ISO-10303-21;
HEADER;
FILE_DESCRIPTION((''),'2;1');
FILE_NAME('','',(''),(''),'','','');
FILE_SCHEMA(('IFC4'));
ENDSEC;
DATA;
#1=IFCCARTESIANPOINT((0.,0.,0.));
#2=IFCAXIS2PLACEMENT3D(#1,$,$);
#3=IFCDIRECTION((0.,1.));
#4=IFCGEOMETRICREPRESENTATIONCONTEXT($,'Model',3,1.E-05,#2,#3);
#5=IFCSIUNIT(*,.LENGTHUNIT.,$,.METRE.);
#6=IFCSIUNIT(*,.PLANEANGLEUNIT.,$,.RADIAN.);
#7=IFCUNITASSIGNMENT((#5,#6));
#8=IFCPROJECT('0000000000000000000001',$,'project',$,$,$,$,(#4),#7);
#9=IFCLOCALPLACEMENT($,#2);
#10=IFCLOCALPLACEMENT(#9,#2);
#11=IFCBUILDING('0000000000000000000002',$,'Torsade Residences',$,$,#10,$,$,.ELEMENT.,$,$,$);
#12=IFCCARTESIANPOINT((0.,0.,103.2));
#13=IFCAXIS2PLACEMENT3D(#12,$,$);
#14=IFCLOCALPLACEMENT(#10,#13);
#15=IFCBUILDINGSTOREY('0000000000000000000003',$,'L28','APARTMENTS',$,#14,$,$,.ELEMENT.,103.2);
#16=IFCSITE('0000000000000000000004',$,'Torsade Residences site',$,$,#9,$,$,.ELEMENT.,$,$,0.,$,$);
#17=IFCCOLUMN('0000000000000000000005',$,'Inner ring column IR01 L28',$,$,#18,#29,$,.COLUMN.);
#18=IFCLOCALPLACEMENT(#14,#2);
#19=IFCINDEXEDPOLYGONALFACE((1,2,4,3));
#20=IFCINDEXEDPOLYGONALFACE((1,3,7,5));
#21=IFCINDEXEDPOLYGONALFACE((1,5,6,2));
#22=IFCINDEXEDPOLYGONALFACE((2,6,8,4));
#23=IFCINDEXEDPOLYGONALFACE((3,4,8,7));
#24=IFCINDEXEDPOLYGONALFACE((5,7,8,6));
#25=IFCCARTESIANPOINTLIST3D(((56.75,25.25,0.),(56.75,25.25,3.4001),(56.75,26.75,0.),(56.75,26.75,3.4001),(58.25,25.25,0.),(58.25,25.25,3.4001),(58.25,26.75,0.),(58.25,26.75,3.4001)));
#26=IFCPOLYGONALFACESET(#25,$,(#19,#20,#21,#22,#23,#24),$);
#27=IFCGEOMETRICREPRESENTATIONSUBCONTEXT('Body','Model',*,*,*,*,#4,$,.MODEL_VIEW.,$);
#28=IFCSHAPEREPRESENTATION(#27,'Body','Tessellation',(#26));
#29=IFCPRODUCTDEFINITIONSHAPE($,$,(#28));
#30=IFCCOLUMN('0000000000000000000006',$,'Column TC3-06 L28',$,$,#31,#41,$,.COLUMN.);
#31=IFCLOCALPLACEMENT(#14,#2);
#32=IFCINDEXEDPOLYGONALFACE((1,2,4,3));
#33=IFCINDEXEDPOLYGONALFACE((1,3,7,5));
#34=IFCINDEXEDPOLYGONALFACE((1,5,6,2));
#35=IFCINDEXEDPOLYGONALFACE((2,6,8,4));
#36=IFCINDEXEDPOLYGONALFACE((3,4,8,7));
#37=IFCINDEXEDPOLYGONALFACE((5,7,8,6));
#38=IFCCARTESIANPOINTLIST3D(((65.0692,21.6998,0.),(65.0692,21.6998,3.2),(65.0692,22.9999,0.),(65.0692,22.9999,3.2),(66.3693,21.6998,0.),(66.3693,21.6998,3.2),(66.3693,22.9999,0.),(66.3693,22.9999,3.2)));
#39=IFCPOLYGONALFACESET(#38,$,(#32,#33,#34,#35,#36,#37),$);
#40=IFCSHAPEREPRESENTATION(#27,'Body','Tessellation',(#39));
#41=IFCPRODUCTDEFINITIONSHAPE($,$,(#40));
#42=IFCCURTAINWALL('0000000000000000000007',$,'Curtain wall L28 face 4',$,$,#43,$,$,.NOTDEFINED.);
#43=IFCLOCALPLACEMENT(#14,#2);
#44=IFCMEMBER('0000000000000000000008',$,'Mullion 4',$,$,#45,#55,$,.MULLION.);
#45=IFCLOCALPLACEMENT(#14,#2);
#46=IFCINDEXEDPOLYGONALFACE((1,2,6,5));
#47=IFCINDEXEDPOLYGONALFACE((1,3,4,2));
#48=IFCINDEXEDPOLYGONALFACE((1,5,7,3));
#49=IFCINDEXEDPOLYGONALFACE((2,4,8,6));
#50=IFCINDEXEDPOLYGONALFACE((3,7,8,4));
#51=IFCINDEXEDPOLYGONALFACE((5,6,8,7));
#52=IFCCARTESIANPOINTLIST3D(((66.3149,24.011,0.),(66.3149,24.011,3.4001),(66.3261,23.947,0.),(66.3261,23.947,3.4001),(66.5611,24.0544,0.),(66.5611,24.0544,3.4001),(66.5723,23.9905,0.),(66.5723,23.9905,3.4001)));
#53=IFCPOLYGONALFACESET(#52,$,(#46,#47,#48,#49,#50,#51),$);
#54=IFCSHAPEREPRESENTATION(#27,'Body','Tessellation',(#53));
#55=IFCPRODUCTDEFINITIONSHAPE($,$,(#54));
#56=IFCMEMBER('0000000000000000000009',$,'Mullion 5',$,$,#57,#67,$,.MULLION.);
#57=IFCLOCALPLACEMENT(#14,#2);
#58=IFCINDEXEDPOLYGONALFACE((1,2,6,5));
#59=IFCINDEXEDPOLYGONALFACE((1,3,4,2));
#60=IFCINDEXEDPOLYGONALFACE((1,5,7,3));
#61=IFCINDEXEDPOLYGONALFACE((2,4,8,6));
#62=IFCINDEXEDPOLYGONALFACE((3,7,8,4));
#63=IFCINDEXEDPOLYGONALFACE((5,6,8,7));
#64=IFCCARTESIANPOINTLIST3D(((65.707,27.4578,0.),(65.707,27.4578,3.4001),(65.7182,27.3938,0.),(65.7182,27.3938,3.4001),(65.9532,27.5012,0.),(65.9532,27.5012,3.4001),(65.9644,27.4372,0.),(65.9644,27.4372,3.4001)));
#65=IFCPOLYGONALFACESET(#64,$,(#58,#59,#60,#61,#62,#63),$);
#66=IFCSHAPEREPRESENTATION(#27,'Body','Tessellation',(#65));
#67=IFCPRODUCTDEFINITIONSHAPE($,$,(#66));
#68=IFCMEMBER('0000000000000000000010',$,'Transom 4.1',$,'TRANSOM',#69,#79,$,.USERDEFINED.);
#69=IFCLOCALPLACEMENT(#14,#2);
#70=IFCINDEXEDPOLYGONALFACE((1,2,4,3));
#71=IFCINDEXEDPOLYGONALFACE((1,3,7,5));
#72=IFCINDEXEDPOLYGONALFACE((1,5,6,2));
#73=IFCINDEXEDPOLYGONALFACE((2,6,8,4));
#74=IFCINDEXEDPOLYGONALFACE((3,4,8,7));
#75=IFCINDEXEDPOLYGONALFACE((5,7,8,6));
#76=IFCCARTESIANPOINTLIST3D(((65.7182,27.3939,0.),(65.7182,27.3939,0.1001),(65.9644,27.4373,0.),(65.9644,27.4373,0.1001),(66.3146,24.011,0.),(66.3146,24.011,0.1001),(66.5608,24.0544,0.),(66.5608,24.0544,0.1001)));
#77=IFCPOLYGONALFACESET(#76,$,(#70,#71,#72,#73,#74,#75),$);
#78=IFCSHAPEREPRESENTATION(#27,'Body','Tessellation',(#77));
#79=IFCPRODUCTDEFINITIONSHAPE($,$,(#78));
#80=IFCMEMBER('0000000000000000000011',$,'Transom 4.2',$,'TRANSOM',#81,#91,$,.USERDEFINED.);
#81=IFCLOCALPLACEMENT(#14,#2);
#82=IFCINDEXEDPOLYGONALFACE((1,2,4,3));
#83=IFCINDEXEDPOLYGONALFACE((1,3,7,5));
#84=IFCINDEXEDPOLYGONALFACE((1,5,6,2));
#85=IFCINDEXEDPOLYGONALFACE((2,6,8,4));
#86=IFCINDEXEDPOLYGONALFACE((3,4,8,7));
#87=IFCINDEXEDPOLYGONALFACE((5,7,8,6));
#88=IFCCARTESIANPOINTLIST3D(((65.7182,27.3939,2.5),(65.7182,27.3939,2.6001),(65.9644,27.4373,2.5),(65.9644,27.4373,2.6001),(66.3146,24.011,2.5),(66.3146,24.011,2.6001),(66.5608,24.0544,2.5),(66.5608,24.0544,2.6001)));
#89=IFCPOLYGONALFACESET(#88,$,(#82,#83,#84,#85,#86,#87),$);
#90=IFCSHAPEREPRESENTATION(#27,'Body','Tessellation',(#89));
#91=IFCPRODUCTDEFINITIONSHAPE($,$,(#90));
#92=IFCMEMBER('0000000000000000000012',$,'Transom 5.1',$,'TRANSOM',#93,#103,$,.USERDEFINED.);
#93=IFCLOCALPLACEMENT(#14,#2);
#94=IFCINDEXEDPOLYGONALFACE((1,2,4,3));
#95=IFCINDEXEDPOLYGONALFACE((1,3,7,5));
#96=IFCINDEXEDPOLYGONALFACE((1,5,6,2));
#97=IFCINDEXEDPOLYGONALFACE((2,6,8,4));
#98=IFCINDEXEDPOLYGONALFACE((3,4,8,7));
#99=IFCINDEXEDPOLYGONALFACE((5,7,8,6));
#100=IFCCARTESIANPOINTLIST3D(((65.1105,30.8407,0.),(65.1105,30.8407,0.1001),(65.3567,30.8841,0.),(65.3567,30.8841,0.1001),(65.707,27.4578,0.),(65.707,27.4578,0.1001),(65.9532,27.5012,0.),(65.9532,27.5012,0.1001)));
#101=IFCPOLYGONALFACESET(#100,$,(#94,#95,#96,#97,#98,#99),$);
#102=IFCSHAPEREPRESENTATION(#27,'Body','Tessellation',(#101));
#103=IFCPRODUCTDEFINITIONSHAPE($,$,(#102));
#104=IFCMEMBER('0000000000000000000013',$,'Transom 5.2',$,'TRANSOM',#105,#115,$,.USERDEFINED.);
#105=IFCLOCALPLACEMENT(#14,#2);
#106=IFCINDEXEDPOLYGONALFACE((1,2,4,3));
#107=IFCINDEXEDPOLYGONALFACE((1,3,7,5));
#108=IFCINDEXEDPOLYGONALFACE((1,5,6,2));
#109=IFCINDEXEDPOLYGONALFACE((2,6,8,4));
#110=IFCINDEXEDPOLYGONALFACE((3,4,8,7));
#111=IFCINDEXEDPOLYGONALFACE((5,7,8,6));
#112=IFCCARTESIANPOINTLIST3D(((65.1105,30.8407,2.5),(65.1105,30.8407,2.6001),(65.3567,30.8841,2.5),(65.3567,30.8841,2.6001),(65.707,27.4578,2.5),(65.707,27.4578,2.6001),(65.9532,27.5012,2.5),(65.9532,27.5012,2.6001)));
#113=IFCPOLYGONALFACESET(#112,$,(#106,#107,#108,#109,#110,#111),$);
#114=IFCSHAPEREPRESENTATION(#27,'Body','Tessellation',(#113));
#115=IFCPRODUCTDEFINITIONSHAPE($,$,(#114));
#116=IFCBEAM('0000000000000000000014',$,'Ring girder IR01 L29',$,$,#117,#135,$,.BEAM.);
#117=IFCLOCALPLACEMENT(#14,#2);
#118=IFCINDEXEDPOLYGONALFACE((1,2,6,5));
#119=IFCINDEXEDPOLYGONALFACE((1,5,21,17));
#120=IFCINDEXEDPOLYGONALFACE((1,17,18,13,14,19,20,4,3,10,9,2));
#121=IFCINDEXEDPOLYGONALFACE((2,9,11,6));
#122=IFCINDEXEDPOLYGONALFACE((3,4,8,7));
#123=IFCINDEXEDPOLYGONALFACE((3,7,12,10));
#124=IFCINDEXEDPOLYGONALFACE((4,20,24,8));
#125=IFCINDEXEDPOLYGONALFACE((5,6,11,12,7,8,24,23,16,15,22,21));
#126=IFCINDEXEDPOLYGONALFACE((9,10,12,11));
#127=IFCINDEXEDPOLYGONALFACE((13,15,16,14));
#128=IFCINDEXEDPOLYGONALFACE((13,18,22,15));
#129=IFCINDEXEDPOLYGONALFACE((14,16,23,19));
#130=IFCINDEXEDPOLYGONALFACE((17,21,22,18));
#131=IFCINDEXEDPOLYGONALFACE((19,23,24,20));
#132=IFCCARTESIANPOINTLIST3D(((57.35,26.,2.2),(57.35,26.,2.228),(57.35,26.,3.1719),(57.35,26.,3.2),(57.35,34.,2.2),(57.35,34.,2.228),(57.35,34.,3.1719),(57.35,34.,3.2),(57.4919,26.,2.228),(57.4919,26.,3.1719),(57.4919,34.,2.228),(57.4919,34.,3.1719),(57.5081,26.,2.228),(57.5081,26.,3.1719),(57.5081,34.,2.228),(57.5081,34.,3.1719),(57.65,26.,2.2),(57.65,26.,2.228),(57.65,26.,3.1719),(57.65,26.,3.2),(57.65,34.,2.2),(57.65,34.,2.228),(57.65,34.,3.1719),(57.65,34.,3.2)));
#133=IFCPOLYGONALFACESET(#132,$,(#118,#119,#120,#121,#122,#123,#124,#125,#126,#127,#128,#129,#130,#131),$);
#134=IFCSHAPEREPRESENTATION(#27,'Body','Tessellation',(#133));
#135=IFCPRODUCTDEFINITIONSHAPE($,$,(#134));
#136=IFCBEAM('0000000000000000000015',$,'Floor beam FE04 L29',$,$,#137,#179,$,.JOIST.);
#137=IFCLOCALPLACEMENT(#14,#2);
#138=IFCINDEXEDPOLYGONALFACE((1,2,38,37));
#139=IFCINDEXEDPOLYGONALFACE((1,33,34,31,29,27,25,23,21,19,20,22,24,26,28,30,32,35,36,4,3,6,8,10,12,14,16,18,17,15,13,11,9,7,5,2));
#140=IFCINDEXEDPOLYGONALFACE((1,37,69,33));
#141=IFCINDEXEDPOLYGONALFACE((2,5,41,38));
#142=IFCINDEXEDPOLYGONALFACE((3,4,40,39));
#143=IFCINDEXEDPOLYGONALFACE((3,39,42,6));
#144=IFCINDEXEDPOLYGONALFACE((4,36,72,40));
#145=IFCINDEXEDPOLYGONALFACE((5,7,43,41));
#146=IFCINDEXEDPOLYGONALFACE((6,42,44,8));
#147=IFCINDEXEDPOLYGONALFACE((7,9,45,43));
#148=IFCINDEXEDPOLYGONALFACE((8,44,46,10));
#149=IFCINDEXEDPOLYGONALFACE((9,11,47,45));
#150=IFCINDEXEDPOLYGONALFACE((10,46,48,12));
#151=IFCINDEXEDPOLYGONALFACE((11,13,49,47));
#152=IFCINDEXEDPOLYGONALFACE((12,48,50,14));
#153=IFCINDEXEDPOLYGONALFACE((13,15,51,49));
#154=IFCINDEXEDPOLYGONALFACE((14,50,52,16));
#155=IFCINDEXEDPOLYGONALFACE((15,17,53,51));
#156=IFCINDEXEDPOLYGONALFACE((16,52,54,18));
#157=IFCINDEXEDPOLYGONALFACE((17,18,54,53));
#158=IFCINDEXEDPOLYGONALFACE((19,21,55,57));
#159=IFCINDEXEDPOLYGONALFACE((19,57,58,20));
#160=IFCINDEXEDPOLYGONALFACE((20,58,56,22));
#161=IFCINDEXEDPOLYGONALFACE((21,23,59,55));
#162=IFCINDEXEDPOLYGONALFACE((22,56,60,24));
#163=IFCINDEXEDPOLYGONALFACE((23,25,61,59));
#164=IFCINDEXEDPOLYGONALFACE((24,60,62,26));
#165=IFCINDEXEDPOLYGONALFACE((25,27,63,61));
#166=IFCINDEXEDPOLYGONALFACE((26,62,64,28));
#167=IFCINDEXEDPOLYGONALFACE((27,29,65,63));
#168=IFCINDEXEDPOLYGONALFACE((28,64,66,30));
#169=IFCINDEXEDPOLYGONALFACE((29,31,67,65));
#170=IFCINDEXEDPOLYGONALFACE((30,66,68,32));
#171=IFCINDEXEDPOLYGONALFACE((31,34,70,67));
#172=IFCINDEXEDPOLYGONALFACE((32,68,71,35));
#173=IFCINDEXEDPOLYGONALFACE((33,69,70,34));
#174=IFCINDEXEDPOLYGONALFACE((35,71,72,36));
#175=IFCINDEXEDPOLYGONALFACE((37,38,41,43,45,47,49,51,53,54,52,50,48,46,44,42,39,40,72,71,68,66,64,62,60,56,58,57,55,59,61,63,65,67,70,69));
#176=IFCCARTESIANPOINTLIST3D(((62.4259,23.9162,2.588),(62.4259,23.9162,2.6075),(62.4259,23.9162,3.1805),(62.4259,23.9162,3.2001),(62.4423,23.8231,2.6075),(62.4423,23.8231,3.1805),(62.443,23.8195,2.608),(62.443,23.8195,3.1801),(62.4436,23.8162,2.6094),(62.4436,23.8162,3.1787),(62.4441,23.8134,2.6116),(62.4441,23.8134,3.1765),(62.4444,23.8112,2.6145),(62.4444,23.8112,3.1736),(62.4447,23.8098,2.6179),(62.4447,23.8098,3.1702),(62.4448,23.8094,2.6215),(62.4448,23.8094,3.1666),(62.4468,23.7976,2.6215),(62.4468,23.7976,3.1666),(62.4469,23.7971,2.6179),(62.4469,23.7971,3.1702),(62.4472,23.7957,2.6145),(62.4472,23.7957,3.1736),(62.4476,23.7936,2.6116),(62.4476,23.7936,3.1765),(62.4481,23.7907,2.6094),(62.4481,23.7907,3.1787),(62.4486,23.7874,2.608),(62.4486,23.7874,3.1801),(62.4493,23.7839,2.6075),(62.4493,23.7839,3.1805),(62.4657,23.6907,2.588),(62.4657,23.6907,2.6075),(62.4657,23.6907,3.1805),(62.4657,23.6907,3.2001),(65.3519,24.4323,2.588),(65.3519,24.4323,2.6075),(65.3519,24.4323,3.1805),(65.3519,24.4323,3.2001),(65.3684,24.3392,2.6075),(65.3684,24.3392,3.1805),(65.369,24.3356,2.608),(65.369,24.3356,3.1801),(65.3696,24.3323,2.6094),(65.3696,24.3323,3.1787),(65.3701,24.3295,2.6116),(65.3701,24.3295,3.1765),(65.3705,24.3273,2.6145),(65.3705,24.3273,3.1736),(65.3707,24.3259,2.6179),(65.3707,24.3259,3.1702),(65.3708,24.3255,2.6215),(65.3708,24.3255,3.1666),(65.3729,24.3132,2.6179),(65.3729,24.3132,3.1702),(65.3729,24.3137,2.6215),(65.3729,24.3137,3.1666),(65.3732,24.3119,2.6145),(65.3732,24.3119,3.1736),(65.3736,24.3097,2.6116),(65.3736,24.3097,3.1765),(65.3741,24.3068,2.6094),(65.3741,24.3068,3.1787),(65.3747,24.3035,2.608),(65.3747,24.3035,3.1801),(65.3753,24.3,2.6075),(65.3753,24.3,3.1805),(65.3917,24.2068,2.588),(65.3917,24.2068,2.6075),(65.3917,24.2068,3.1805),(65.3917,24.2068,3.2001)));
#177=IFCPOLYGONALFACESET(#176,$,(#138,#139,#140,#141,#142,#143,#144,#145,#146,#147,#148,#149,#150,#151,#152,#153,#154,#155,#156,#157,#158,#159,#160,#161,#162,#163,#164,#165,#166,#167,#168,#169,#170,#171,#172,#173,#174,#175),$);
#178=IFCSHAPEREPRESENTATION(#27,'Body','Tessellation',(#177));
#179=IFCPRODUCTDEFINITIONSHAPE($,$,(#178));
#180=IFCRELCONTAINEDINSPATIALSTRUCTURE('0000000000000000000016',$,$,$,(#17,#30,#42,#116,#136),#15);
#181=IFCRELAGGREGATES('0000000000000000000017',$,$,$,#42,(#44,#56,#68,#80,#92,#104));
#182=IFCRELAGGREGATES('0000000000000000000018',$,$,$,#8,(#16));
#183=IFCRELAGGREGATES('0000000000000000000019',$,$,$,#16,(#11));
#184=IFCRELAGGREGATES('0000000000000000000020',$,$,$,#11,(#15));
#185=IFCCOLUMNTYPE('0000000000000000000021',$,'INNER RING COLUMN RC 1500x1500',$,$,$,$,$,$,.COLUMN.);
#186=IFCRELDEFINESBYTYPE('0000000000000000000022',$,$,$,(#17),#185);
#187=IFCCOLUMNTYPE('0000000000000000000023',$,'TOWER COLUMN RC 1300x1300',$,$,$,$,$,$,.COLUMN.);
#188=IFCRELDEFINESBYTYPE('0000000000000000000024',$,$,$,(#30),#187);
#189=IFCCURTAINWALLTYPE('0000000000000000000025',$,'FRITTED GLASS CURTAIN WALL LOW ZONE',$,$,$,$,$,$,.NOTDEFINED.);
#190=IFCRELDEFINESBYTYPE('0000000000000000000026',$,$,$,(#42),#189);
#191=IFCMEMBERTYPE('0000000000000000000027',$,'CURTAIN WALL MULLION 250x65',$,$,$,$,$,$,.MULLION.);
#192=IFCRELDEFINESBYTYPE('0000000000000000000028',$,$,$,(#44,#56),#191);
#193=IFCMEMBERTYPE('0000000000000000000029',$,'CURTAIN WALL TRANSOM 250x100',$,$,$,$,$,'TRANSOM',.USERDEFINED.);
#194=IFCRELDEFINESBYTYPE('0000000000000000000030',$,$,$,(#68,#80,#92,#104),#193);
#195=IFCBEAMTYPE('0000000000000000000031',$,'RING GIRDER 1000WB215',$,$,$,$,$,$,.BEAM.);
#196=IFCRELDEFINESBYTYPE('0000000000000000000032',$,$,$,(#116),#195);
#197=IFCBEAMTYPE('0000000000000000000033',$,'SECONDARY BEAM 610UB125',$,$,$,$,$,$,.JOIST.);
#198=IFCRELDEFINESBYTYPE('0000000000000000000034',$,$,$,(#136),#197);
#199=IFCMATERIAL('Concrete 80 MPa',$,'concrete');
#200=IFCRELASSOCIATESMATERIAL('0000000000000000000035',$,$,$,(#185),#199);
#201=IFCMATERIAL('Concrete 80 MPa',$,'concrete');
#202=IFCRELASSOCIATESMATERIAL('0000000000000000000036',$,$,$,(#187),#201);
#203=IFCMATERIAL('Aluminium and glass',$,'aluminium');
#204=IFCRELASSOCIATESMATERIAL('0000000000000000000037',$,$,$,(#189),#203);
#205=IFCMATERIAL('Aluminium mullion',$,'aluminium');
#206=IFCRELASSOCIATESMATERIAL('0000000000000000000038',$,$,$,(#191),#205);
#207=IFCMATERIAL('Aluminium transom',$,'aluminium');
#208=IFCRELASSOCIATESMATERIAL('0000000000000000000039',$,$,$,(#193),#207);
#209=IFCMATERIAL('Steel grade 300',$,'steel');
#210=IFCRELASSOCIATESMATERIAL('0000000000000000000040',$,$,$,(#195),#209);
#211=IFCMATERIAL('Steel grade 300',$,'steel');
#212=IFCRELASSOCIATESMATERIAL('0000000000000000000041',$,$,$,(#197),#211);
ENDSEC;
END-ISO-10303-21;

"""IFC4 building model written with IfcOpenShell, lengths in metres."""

from ifc_helpers import new_model, si_unit, direction, frame, origin, origin_2d, place, context, subcontext, project, spatial, rectangle, i_section, extrude, material, material_profile, profile_set, type_object, element, aggregate, save


model = new_model("IFC4")

# Units and contexts
model_context = context("Model", 3, precision=1e-05, world=origin(), true_north=direction((0.0, 1.0)))
body_context = subcontext(model_context, "Body", "Model", "MODEL_VIEW")
ifc_project = project(units=[si_unit("LENGTHUNIT", "METRE"), si_unit("PLANEANGLEUNIT", "RADIAN")], contexts=[model_context])

# Site, building, storey
site_placement = place(None, origin())
site = spatial("IfcSite", under=ifc_project, at=site_placement, Name="Torsade Residences site", CompositionType="ELEMENT", RefElevation=0.0)
building_placement = place(site_placement, origin())
building = spatial("IfcBuilding", under=site, at=building_placement, Name="Torsade Residences", CompositionType="ELEMENT")
storey_placement = place(building_placement, frame((0.0, 0.0, 103.2)))
storey = spatial("IfcBuildingStorey", under=building, at=storey_placement, Name="L28", Description="APARTMENTS", CompositionType="ELEMENT", Elevation=103.2)

# Columns
ifc_material_1 = material(Name="Concrete 80 MPa", Category="concrete")
ifc_material_profile_1 = material_profile(ifc_material_1, rectangle(XDim=1.5, YDim=1.5, at=origin_2d()), Name="RC 1500x1500")
ifc_profile_set_1 = profile_set([ifc_material_profile_1], Name="Concrete 80 MPa")
column_type_1 = type_object("IfcColumnType", Name="INNER RING COLUMN RC 1500x1500", PredefinedType="COLUMN", material=ifc_profile_set_1)
column_1_placement = place(storey_placement, frame((57.5, 26.0, 0.0), z_axis=(0.0, 0.0, 1.0), x_axis=(1.0, 0.0, 0.0)))
element("IfcColumn", 1, at=column_1_placement, inside=storey, type_object=column_type_1, Name="Inner ring column IR01 L28", PredefinedType="COLUMN", context=body_context, shape_type="SweptSolid", body=[
    extrude(rectangle(XDim=1.5, YDim=1.5, at=origin_2d()), origin(), (0.0, 0.0, 1.0), 3.4001),
])
ifc_material_2 = material(Name="Concrete 80 MPa", Category="concrete")
ifc_material_profile_2 = material_profile(ifc_material_2, rectangle(XDim=1.3, YDim=1.3, at=origin_2d()), Name="RC 1300x1300")
ifc_profile_set_2 = profile_set([ifc_material_profile_2], Name="Concrete 80 MPa")
column_type_2 = type_object("IfcColumnType", Name="TOWER COLUMN RC 1300x1300", PredefinedType="COLUMN", material=ifc_profile_set_2)
column_2_placement = place(storey_placement, frame((65.7192, 22.3499, 0.0), z_axis=(0.0, 0.0, 1.0), x_axis=(1.0, 0.0, 0.0)))
element("IfcColumn", 2, at=column_2_placement, inside=storey, type_object=column_type_2, Name="Column TC3-06 L28", PredefinedType="COLUMN", context=body_context, shape_type="SweptSolid", body=[
    extrude(rectangle(XDim=1.3, YDim=1.3, at=origin_2d()), origin(), (0.0, 0.0, 1.0), 3.2),
])

# Curtain wall, members
ifc_material_3 = material(Name="Aluminium and glass", Category="aluminium")
curtain_wall_type = type_object("IfcCurtainWallType", Name="FRITTED GLASS CURTAIN WALL LOW ZONE", PredefinedType="NOTDEFINED", material=ifc_material_3)
curtain_wall_placement = place(storey_placement, origin())
curtain_wall = element("IfcCurtainWall", 3, at=curtain_wall_placement, inside=storey, type_object=curtain_wall_type, Name="Curtain wall L28 face 4", PredefinedType="NOTDEFINED")
ifc_material_4 = material(Name="Aluminium mullion", Category="aluminium")
ifc_material_profile_3 = material_profile(ifc_material_4, rectangle(XDim=0.25, YDim=0.0649, at=origin_2d()), Name="CURTAIN WALL MULLION 250x65")
ifc_profile_set_3 = profile_set([ifc_material_profile_3], Name="Aluminium mullion")
member_type_1 = type_object("IfcMemberType", Name="CURTAIN WALL MULLION 250x65", PredefinedType="MULLION", material=ifc_profile_set_3)
member_1_placement = place(storey_placement, frame((66.4436, 24.0007, 0.0), z_axis=(0.0, 0.0, 1.0), x_axis=(-0.984808, -0.173648, 0.0)))
member_1 = element("IfcMember", 4, at=member_1_placement, type_object=member_type_1, Name="Mullion 4", PredefinedType="MULLION", context=body_context, shape_type="SweptSolid", body=[
    extrude(rectangle(XDim=0.25, YDim=0.0649, at=origin_2d()), origin(), (0.0, 0.0, 1.0), 3.4001),
])
member_2_placement = place(storey_placement, frame((65.8357, 27.4475, 0.0), z_axis=(0.0, 0.0, 1.0), x_axis=(-0.984808, -0.173648, 0.0)))
member_2 = element("IfcMember", 5, at=member_2_placement, type_object=member_type_1, Name="Mullion 5", PredefinedType="MULLION", context=body_context, shape_type="SweptSolid", body=[
    extrude(rectangle(XDim=0.25, YDim=0.0649, at=origin_2d()), origin(), (0.0, 0.0, 1.0), 3.4001),
])
ifc_material_5 = material(Name="Aluminium transom", Category="aluminium")
ifc_material_profile_4 = material_profile(ifc_material_5, rectangle(XDim=0.25, YDim=0.1001, at=origin_2d()), Name="CURTAIN WALL TRANSOM 250x100")
ifc_profile_set_4 = profile_set([ifc_material_profile_4], Name="Aluminium transom")
member_type_2 = type_object("IfcMemberType", Name="CURTAIN WALL TRANSOM 250x100", ElementType="TRANSOM", PredefinedType="USERDEFINED", material=ifc_profile_set_4)
member_3_placement = place(storey_placement, frame((66.4377, 24.0327, 0.05), z_axis=(-0.173635, 0.98481, 0.0), x_axis=(-0.98481, -0.173635, 0.0)))
member_3 = element("IfcMember", 6, at=member_3_placement, type_object=member_type_2, Name="Transom 4.1", ObjectType="TRANSOM", PredefinedType="USERDEFINED", context=body_context, shape_type="SweptSolid", body=[
    extrude(rectangle(XDim=0.25, YDim=0.1001, at=origin_2d()), origin(), (0.0, 0.0, 1.0), 3.4351),
])
member_4_placement = place(storey_placement, frame((66.4377, 24.0327, 2.55), z_axis=(-0.173635, 0.98481, 0.0), x_axis=(-0.98481, -0.173635, 0.0)))
member_4 = element("IfcMember", 7, at=member_4_placement, type_object=member_type_2, Name="Transom 4.2", ObjectType="TRANSOM", PredefinedType="USERDEFINED", context=body_context, shape_type="SweptSolid", body=[
    extrude(rectangle(XDim=0.25, YDim=0.1001, at=origin_2d()), origin(), (0.0, 0.0, 1.0), 3.4351),
])
member_5_placement = place(storey_placement, frame((65.8301, 27.4795, 0.05), z_axis=(-0.173635, 0.98481, 0.0), x_axis=(-0.98481, -0.173635, 0.0)))
member_5 = element("IfcMember", 8, at=member_5_placement, type_object=member_type_2, Name="Transom 5.1", ObjectType="TRANSOM", PredefinedType="USERDEFINED", context=body_context, shape_type="SweptSolid", body=[
    extrude(rectangle(XDim=0.25, YDim=0.1001, at=origin_2d()), origin(), (0.0, 0.0, 1.0), 3.4351),
])
member_6_placement = place(storey_placement, frame((65.8301, 27.4795, 2.55), z_axis=(-0.173635, 0.98481, 0.0), x_axis=(-0.98481, -0.173635, 0.0)))
member_6 = element("IfcMember", 9, at=member_6_placement, type_object=member_type_2, Name="Transom 5.2", ObjectType="TRANSOM", PredefinedType="USERDEFINED", context=body_context, shape_type="SweptSolid", body=[
    extrude(rectangle(XDim=0.25, YDim=0.1001, at=origin_2d()), origin(), (0.0, 0.0, 1.0), 3.4351),
])

# Beams
ifc_material_6 = material(Name="Steel grade 300", Category="steel")
ifc_material_profile_5 = material_profile(ifc_material_6, i_section(OverallWidth=0.3, OverallDepth=1.0, WebThickness=0.0161, FlangeThickness=0.0281, at=origin_2d()), Name="1000WB215")
ifc_profile_set_5 = profile_set([ifc_material_profile_5], Name="Steel grade 300")
beam_type_1 = type_object("IfcBeamType", Name="RING GIRDER 1000WB215", PredefinedType="BEAM", material=ifc_profile_set_5)
beam_1_placement = place(storey_placement, frame((57.5, 26.0, 2.7), z_axis=(0.0, 1.0, 0.0), x_axis=(-1.0, 0.0, 0.0)))
element("IfcBeam", 10, at=beam_1_placement, inside=storey, type_object=beam_type_1, Name="Ring girder IR01 L29", PredefinedType="BEAM", context=body_context, shape_type="SweptSolid", body=[
    extrude(i_section(OverallWidth=0.3, OverallDepth=1.0, WebThickness=0.0161, FlangeThickness=0.0281, at=origin_2d()), origin(), (0.0, 0.0, 1.0), 8.0),
])
ifc_material_7 = material(Name="Steel grade 300", Category="steel")
ifc_material_profile_6 = material_profile(ifc_material_7, i_section(OverallWidth=0.229, OverallDepth=0.6121, WebThickness=0.012, FlangeThickness=0.0195, FilletRadius=0.0139, at=origin_2d()), Name="610UB125")
ifc_profile_set_6 = profile_set([ifc_material_profile_6], Name="Steel grade 300")
beam_type_2 = type_object("IfcBeamType", Name="SECONDARY BEAM 610UB125", PredefinedType="JOIST", material=ifc_profile_set_6)
beam_2_placement = place(storey_placement, frame((65.3718, 24.3196, 2.894), z_axis=(-0.984798, -0.173706, 0.0), x_axis=(0.173706, -0.984798, 0.0)))
element("IfcBeam", 11, at=beam_2_placement, inside=storey, type_object=beam_type_2, Name="Floor beam FE04 L29", PredefinedType="JOIST", context=body_context, shape_type="SweptSolid", body=[
    extrude(i_section(OverallWidth=0.229, OverallDepth=0.6121, WebThickness=0.012, FlangeThickness=0.0195, FilletRadius=0.0139, at=origin_2d()), origin(), (0.0, 0.0, 1.0), 2.9712),
])

aggregate(curtain_wall, [member_1, member_2, member_3, member_4, member_5, member_6])

save(model, "model.ifc")
